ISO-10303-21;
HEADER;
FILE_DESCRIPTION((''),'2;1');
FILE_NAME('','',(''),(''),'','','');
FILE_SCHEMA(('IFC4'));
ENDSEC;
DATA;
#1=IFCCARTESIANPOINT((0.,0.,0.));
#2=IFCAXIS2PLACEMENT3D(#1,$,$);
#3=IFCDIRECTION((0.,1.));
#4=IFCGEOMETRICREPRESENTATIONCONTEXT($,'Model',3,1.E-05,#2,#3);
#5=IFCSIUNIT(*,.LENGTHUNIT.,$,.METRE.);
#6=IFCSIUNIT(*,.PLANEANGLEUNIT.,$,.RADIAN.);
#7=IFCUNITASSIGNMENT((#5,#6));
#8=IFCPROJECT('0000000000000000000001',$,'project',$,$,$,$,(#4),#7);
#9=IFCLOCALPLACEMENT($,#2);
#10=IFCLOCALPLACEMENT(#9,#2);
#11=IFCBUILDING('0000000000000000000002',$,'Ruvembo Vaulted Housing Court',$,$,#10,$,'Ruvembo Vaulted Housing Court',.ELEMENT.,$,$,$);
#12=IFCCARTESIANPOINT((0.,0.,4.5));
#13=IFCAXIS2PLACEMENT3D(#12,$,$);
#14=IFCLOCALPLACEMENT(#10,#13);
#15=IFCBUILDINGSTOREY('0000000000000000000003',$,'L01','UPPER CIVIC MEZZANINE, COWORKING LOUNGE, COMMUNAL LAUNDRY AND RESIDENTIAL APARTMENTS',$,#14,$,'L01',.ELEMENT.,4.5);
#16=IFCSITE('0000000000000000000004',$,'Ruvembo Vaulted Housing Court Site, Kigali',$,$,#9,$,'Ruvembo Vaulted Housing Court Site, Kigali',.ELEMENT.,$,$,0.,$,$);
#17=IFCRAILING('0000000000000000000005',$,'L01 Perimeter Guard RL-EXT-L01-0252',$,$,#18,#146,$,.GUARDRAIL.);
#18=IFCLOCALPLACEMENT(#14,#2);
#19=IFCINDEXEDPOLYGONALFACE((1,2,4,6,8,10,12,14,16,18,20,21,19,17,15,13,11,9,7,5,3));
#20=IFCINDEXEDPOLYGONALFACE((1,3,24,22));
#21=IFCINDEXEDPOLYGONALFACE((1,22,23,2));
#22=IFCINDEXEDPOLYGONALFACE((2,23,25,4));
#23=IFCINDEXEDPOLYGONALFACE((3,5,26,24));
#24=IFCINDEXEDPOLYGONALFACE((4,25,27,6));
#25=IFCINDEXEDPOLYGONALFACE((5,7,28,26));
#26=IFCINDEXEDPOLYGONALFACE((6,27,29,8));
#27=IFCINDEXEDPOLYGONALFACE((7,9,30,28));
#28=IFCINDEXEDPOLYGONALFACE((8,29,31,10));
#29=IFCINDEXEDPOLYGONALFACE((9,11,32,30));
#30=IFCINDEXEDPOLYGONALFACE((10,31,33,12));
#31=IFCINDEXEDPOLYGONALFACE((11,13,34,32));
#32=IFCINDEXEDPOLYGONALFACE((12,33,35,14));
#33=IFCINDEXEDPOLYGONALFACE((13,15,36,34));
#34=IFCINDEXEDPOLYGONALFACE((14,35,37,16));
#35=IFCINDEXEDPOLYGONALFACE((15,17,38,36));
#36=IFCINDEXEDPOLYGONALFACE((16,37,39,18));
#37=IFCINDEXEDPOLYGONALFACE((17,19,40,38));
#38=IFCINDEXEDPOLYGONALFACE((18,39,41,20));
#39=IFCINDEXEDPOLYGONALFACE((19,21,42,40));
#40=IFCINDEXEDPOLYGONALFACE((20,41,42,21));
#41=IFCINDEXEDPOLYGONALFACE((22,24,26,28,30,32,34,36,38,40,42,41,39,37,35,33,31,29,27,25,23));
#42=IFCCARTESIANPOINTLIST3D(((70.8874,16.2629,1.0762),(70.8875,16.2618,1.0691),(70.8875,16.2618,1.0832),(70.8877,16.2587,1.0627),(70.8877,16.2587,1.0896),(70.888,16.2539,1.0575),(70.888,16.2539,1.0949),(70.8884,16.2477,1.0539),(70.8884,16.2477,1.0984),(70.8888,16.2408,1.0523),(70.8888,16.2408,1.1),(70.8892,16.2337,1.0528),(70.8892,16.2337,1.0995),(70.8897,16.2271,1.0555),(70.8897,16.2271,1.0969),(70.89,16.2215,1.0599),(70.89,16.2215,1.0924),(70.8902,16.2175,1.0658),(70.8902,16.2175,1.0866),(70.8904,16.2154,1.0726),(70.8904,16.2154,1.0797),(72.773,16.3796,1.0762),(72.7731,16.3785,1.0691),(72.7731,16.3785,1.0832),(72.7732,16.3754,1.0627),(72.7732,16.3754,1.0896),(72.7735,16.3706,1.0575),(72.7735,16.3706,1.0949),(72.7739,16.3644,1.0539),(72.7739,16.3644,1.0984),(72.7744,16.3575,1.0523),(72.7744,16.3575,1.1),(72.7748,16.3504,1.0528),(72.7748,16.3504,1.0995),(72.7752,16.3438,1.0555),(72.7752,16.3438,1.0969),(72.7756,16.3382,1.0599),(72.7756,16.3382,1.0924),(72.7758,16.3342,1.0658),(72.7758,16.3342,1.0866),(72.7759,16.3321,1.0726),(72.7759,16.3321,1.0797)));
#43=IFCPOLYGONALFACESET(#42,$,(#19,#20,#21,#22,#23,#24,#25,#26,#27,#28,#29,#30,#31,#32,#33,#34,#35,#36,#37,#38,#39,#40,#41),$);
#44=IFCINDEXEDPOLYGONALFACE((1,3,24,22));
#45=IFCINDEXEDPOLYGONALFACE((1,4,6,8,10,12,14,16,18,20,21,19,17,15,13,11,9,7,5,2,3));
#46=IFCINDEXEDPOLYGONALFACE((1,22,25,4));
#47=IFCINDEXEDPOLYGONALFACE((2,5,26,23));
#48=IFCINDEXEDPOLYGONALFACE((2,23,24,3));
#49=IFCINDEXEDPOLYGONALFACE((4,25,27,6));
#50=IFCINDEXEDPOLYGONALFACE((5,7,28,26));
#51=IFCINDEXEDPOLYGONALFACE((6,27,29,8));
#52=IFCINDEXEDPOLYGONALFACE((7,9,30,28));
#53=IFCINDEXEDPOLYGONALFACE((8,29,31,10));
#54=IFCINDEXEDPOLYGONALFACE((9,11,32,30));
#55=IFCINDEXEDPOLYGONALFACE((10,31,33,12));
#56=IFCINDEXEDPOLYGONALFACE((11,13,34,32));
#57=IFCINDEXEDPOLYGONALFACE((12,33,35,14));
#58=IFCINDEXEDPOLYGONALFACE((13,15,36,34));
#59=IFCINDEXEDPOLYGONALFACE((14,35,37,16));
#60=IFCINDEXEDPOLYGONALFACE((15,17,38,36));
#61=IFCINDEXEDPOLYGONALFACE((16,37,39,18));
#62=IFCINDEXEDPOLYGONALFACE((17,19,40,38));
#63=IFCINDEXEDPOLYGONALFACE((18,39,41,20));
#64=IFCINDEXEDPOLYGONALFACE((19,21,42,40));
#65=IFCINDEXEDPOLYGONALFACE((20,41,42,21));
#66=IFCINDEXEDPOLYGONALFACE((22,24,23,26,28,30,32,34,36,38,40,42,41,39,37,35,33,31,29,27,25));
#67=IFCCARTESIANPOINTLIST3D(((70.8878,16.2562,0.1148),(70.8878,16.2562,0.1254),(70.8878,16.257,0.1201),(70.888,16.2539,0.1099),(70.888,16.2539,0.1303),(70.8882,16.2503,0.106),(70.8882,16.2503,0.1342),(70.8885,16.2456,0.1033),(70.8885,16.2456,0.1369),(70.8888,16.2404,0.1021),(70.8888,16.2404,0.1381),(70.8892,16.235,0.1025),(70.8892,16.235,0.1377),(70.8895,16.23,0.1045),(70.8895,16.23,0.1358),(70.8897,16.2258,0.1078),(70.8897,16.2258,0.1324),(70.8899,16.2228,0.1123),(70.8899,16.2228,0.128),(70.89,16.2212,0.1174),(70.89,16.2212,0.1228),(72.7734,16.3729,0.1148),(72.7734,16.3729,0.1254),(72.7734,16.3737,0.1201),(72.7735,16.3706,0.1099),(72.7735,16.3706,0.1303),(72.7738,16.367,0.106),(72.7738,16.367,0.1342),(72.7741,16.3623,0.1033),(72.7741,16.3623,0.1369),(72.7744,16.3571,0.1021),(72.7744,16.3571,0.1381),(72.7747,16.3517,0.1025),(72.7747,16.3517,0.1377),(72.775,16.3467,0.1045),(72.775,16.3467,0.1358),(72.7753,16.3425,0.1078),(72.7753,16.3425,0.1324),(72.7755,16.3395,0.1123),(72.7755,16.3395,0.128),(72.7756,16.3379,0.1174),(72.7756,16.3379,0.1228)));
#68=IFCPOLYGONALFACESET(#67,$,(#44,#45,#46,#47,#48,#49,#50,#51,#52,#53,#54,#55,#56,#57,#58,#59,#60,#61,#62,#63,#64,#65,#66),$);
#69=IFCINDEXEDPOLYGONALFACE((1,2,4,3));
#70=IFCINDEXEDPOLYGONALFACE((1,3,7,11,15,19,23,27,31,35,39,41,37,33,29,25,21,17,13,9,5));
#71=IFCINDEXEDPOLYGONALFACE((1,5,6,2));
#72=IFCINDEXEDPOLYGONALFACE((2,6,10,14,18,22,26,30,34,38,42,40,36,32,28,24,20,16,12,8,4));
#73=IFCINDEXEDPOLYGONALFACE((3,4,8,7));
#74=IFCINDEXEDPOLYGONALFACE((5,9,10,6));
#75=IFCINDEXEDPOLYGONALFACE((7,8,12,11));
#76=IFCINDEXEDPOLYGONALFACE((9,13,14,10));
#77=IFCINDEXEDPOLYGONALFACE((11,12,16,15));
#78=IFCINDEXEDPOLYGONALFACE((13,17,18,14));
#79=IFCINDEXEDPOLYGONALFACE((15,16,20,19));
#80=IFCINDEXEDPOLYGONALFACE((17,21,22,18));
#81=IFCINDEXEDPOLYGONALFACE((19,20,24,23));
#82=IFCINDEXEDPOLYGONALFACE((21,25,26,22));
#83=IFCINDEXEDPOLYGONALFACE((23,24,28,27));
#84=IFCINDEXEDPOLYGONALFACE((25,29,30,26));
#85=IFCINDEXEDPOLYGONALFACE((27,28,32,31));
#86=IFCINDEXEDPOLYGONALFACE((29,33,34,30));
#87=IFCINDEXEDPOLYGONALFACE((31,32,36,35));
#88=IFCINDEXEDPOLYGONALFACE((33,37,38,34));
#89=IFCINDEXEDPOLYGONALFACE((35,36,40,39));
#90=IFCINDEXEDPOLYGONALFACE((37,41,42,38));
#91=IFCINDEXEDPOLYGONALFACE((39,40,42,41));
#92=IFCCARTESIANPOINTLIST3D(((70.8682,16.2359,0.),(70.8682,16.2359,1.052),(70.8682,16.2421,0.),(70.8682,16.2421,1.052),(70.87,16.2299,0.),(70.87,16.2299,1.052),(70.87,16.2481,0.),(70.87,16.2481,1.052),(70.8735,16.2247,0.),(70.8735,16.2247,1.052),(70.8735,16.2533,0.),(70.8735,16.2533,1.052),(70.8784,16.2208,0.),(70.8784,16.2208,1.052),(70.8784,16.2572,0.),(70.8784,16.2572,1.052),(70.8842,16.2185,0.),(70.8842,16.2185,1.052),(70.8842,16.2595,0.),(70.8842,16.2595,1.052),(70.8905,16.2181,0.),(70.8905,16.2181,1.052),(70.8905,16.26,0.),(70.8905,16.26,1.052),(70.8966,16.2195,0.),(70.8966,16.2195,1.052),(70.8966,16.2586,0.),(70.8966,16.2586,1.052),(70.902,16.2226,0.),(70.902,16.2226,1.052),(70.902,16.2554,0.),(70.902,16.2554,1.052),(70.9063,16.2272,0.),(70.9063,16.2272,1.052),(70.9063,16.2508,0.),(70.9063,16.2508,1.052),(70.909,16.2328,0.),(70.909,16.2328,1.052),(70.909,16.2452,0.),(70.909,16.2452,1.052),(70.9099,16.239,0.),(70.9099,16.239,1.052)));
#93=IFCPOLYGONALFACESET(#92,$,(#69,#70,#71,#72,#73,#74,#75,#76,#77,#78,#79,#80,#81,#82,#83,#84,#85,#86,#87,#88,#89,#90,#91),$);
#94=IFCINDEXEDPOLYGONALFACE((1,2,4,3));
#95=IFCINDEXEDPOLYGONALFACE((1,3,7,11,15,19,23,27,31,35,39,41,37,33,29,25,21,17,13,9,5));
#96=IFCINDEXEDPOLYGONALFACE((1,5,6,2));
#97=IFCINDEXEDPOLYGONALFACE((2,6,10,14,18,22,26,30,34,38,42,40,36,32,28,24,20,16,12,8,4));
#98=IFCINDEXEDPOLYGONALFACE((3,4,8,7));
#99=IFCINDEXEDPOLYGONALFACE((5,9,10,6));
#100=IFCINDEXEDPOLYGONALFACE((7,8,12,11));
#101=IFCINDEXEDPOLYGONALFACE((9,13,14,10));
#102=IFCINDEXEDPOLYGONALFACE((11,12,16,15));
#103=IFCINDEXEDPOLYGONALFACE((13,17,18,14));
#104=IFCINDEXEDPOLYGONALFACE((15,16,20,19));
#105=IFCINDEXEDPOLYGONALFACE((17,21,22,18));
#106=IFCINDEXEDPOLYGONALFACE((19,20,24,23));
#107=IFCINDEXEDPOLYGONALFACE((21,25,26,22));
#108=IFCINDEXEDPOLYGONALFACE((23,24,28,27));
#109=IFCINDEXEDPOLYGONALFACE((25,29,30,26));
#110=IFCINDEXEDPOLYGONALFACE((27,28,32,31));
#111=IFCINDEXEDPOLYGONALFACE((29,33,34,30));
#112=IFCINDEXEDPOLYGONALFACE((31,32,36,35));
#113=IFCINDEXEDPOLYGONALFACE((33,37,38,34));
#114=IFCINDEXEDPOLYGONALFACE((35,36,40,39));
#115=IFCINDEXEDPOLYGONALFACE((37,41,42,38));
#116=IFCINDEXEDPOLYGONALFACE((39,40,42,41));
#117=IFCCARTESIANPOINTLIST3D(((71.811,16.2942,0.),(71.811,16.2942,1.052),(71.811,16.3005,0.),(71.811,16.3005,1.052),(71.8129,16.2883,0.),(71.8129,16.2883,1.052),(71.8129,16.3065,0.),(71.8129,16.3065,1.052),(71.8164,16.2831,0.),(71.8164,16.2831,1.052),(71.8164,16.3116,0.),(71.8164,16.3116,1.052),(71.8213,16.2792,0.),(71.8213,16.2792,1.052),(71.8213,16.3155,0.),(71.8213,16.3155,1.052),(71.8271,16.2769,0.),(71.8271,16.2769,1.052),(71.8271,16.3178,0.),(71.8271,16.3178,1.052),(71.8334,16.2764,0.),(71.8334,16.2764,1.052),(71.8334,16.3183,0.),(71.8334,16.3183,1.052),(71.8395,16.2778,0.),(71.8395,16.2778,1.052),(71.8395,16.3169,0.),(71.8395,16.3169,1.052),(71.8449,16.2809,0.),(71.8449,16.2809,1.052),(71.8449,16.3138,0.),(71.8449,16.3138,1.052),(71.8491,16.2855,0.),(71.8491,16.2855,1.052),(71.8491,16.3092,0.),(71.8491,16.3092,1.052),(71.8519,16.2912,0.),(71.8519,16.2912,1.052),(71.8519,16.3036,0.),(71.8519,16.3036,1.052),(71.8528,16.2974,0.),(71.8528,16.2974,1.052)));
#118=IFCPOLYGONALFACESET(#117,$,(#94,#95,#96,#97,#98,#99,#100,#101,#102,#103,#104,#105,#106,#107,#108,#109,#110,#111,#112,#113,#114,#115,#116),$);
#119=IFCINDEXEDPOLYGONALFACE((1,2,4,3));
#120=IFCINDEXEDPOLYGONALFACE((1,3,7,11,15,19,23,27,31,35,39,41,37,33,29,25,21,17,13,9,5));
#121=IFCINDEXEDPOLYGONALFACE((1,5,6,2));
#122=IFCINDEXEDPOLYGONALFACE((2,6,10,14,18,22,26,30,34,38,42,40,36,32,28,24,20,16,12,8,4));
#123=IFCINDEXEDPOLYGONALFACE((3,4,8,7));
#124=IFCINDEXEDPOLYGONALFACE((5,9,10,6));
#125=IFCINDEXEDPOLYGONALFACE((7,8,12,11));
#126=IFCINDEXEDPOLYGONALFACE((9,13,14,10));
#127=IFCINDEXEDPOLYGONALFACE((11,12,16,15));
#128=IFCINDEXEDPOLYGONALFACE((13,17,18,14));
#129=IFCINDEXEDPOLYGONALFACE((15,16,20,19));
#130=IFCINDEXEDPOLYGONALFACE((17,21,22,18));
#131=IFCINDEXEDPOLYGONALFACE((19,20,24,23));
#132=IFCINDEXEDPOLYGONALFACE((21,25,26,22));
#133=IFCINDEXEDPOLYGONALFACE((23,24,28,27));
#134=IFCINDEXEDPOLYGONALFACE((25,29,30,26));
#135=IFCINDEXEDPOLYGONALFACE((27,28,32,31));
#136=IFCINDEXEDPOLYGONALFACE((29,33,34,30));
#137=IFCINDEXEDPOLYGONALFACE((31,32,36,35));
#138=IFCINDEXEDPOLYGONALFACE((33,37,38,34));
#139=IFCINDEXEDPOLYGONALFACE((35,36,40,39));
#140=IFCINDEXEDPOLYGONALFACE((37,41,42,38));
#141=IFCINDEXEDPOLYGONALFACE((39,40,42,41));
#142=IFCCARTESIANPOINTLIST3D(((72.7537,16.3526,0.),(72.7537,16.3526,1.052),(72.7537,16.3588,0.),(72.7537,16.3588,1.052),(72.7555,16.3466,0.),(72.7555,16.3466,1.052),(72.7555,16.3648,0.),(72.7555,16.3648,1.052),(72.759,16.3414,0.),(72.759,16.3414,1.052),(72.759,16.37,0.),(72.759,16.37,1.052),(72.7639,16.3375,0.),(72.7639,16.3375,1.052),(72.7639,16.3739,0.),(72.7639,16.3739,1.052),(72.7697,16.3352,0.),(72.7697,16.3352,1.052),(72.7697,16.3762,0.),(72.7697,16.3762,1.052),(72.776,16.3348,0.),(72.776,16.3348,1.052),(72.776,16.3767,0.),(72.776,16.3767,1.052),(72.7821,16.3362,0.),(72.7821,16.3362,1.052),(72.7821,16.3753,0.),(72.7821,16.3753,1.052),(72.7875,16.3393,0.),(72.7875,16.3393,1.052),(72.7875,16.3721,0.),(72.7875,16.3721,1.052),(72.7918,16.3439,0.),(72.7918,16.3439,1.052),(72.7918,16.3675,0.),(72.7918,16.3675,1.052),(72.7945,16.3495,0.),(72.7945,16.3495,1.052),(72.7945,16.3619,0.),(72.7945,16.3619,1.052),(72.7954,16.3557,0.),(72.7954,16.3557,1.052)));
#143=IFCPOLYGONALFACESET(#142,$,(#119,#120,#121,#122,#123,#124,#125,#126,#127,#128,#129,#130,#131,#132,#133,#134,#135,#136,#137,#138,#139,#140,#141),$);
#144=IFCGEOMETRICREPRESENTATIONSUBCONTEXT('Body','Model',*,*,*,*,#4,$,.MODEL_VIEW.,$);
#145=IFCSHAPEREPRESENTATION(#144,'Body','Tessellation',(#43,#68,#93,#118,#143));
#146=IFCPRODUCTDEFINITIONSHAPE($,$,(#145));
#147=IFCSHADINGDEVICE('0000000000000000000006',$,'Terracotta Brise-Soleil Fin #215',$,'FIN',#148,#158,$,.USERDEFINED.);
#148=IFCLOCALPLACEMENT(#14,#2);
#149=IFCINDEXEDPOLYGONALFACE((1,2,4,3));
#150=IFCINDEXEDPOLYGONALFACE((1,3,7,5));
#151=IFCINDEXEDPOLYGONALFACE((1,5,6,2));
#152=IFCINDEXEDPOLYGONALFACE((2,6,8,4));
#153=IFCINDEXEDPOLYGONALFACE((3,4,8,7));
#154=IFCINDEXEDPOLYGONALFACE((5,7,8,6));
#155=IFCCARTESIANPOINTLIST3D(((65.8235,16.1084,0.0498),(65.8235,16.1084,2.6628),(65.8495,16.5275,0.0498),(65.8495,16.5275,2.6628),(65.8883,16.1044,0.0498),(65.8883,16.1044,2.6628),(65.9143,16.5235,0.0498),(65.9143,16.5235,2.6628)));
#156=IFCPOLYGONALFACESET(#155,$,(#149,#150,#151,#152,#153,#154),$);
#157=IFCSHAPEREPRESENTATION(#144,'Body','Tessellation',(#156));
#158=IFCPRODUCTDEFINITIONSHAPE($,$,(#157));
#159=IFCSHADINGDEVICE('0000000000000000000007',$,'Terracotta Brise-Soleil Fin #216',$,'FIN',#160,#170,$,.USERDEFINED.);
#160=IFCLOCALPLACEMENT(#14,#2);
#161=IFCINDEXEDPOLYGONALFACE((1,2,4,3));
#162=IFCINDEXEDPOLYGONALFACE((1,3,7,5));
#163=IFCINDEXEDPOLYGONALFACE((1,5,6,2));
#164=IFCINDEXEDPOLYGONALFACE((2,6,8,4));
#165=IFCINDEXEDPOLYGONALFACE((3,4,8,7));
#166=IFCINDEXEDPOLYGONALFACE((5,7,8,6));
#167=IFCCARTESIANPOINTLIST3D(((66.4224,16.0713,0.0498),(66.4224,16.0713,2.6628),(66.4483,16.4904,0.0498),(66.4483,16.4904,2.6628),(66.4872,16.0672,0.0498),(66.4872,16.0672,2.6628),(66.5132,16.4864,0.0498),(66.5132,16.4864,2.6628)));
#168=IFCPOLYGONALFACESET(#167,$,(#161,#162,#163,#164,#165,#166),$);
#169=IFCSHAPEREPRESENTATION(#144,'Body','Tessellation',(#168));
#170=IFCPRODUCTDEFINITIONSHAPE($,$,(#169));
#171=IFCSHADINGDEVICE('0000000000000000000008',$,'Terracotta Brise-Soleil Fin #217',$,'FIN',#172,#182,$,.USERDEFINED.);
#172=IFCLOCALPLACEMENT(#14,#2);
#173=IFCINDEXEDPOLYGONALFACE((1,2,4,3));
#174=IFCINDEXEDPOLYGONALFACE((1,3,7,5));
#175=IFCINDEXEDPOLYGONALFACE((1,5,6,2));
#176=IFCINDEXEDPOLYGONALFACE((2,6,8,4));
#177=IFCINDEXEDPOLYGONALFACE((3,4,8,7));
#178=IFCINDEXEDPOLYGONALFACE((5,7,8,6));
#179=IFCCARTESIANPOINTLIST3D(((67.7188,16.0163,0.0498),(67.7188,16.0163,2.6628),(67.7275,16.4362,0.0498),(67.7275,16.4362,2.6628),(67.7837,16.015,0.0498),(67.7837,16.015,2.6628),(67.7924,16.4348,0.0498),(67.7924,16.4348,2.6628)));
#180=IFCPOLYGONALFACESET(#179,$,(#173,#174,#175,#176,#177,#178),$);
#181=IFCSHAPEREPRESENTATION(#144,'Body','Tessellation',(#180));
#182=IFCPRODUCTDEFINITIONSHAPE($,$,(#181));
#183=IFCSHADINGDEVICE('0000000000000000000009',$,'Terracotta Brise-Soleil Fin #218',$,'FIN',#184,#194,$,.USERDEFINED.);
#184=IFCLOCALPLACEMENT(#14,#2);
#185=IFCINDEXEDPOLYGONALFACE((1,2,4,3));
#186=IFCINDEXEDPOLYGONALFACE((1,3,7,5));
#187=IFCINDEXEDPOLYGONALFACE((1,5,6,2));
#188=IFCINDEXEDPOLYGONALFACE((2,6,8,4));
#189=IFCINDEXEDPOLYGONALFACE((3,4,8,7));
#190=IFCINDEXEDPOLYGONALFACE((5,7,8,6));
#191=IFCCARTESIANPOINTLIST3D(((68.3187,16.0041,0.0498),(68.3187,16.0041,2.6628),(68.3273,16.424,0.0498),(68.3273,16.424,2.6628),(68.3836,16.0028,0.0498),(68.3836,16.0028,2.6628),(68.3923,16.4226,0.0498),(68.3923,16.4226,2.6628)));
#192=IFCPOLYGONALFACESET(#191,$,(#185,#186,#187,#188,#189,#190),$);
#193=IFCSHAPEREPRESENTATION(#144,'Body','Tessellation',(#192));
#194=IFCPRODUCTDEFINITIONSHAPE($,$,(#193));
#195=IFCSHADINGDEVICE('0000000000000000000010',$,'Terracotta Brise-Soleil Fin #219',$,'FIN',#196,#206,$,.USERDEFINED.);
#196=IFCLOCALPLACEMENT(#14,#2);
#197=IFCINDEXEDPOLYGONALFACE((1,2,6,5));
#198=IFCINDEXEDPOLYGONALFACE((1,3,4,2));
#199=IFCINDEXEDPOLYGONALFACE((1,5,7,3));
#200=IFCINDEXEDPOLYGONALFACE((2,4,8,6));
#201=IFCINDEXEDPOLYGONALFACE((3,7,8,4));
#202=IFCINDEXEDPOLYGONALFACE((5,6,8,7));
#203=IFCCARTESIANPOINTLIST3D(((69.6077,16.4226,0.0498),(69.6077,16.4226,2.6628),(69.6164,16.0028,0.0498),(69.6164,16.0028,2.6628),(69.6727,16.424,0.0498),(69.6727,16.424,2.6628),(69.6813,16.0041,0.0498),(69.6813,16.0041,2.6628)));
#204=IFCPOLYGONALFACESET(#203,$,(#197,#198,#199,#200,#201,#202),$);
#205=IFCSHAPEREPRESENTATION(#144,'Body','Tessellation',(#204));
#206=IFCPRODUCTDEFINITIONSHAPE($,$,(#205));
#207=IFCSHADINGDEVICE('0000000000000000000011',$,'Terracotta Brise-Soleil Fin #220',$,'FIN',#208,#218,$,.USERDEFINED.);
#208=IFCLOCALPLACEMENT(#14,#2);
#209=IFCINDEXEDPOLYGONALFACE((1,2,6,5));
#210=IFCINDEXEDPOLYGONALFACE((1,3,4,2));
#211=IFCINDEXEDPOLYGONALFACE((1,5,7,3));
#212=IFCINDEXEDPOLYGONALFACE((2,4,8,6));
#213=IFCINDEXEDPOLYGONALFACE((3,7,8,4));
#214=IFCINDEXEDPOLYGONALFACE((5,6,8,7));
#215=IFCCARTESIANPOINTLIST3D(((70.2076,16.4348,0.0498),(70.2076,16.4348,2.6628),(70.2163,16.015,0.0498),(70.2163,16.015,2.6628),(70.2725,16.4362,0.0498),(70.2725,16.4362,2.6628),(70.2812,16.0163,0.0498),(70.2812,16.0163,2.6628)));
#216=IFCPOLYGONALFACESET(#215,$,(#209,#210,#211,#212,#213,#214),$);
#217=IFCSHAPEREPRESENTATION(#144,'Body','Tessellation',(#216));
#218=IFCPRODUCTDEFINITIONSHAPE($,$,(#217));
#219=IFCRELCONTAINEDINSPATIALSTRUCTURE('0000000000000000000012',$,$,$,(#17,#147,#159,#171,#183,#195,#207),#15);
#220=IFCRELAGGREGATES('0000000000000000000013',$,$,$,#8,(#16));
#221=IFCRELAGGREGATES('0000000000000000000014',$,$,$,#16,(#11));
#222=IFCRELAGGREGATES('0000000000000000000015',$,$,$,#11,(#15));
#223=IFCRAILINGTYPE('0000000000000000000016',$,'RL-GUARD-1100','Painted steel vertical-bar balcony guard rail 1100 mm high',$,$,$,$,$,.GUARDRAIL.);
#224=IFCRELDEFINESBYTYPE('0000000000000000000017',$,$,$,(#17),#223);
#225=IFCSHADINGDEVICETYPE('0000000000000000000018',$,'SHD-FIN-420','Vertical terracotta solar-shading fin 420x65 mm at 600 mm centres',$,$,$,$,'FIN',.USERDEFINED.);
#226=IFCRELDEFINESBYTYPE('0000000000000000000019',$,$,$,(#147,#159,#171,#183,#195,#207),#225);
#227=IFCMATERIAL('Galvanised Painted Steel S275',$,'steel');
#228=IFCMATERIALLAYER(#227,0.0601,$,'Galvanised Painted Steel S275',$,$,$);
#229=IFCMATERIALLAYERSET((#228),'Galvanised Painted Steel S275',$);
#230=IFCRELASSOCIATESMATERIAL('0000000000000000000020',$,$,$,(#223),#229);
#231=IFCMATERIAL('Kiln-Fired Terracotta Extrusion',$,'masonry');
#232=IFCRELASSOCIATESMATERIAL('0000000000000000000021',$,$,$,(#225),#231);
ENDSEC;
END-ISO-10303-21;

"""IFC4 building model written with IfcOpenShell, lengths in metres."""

from ifc_helpers import new_model, si_unit, direction, frame, origin, origin_2d, place, context, subcontext, project, spatial, rectangle, circle, extrude, material, layer, layer_set, type_object, element, save


model = new_model("IFC4")

# Units and contexts
model_context = context("Model", 3, precision=1e-05, world=origin(), true_north=direction((0.0, 1.0)))
body_context = subcontext(model_context, "Body", "Model", "MODEL_VIEW")
ifc_project = project(units=[si_unit("LENGTHUNIT", "METRE"), si_unit("PLANEANGLEUNIT", "RADIAN")], contexts=[model_context])

# Site, building, storey
site_placement = place(None, origin())
site = spatial("IfcSite", under=ifc_project, at=site_placement, Name="Ruvembo Vaulted Housing Court Site, Kigali", LongName="Ruvembo Vaulted Housing Court Site, Kigali", CompositionType="ELEMENT", RefElevation=0.0)
building_placement = place(site_placement, origin())
building = spatial("IfcBuilding", under=site, at=building_placement, Name="Ruvembo Vaulted Housing Court", LongName="Ruvembo Vaulted Housing Court", CompositionType="ELEMENT")
storey_placement = place(building_placement, frame((0.0, 0.0, 4.5)))
storey = spatial("IfcBuildingStorey", under=building, at=storey_placement, Name="L01", Description="UPPER CIVIC MEZZANINE, COWORKING LOUNGE, COMMUNAL LAUNDRY AND RESIDENTIAL APARTMENTS", LongName="L01", CompositionType="ELEMENT", Elevation=4.5)

# Railing
ifc_material_1 = material(Name="Galvanised Painted Steel S275", Category="steel")
ifc_layer = layer(ifc_material_1, 0.0601, Name="Galvanised Painted Steel S275")
ifc_layer_set = layer_set([ifc_layer], Name="Galvanised Painted Steel S275")
railing_type = type_object("IfcRailingType", Name="RL-GUARD-1100", Description="Painted steel vertical-bar balcony guard rail 1100 mm high", PredefinedType="GUARDRAIL", material=ifc_layer_set)
railing_1_placement = place(storey_placement, frame((70.8889, 16.239, 0.0)))
element("IfcRailing", 1, at=railing_1_placement, inside=storey, type_object=railing_type, Name="L01 Perimeter Guard RL-EXT-L01-0252", PredefinedType="GUARDRAIL", context=body_context, shape_type="SweptSolid", body=[
    extrude(circle(Radius=0.0239, at=origin_2d()), frame((0.0, 0.0, 1.0762), z_axis=(0.99809, 0.061775, 0.0), x_axis=(-0.061775, 0.99809, 0.0)), (0.0, 0.0, 1.0), 1.8892),
    extrude(circle(Radius=0.0181, at=origin_2d()), frame((0.0, 0.0, 0.1201), z_axis=(0.99809, 0.061775, 0.0), x_axis=(-0.061775, 0.99809, 0.0)), (0.0, 0.0, 1.0), 1.8892),
    extrude(circle(Radius=0.021, at=origin_2d()), origin(), (0.0, 0.0, 1.0), 1.052),
    extrude(circle(Radius=0.021, at=origin_2d()), frame((0.9429, 0.0583, 0.0)), (0.0, 0.0, 1.0), 1.052),
    extrude(circle(Radius=0.021, at=origin_2d()), frame((1.8855, 0.1167, 0.0)), (0.0, 0.0, 1.0), 1.052),
])

# Shading devices
ifc_material_2 = material(Name="Kiln-Fired Terracotta Extrusion", Category="masonry")
shading_device_type = type_object("IfcShadingDeviceType", Name="SHD-FIN-420", Description="Vertical terracotta solar-shading fin 420x65 mm at 600 mm centres", ElementType="FIN", PredefinedType="USERDEFINED", material=ifc_material_2)
for number, where, z_axis, x_axis, name in (
    (2, (65.8689, 16.3159, 0.0498), (0.0, 0.0, 1.0), (-0.061832, -0.998087, 0.0), "Terracotta Brise-Soleil Fin #215"),
    (3, (66.4678, 16.2788, 0.0498), (0.0, 0.0, 1.0), (-0.061832, -0.998087, 0.0), "Terracotta Brise-Soleil Fin #216"),
    (4, (67.7556, 16.2256, 0.0498), (0.0, 0.0, 1.0), (-0.020646, -0.999787, 0.0), "Terracotta Brise-Soleil Fin #217"),
    (5, (68.3555, 16.2134, 0.0498), (0.0, 0.0, 1.0), (-0.020646, -0.999787, 0.0), "Terracotta Brise-Soleil Fin #218"),
    (6, (69.6445, 16.2134, 0.0498), (0.0, 0.0, 1.0), (0.020646, -0.999787, 0.0), "Terracotta Brise-Soleil Fin #219"),
    (7, (70.2444, 16.2256, 0.0498), (0.0, 0.0, 1.0), (0.020646, -0.999787, 0.0), "Terracotta Brise-Soleil Fin #220"),
):
    element("IfcShadingDevice", number, at=place(storey_placement, frame(where, z_axis=z_axis, x_axis=x_axis)), inside=storey, type_object=shading_device_type, Name=name, ObjectType="FIN", PredefinedType="USERDEFINED", context=body_context, shape_type="SweptSolid", body=[
        extrude(rectangle(XDim=0.4199, YDim=0.0649, at=origin_2d()), origin(), (0.0, 0.0, 1.0), 2.613),
    ])

save(model, "model.ifc")
